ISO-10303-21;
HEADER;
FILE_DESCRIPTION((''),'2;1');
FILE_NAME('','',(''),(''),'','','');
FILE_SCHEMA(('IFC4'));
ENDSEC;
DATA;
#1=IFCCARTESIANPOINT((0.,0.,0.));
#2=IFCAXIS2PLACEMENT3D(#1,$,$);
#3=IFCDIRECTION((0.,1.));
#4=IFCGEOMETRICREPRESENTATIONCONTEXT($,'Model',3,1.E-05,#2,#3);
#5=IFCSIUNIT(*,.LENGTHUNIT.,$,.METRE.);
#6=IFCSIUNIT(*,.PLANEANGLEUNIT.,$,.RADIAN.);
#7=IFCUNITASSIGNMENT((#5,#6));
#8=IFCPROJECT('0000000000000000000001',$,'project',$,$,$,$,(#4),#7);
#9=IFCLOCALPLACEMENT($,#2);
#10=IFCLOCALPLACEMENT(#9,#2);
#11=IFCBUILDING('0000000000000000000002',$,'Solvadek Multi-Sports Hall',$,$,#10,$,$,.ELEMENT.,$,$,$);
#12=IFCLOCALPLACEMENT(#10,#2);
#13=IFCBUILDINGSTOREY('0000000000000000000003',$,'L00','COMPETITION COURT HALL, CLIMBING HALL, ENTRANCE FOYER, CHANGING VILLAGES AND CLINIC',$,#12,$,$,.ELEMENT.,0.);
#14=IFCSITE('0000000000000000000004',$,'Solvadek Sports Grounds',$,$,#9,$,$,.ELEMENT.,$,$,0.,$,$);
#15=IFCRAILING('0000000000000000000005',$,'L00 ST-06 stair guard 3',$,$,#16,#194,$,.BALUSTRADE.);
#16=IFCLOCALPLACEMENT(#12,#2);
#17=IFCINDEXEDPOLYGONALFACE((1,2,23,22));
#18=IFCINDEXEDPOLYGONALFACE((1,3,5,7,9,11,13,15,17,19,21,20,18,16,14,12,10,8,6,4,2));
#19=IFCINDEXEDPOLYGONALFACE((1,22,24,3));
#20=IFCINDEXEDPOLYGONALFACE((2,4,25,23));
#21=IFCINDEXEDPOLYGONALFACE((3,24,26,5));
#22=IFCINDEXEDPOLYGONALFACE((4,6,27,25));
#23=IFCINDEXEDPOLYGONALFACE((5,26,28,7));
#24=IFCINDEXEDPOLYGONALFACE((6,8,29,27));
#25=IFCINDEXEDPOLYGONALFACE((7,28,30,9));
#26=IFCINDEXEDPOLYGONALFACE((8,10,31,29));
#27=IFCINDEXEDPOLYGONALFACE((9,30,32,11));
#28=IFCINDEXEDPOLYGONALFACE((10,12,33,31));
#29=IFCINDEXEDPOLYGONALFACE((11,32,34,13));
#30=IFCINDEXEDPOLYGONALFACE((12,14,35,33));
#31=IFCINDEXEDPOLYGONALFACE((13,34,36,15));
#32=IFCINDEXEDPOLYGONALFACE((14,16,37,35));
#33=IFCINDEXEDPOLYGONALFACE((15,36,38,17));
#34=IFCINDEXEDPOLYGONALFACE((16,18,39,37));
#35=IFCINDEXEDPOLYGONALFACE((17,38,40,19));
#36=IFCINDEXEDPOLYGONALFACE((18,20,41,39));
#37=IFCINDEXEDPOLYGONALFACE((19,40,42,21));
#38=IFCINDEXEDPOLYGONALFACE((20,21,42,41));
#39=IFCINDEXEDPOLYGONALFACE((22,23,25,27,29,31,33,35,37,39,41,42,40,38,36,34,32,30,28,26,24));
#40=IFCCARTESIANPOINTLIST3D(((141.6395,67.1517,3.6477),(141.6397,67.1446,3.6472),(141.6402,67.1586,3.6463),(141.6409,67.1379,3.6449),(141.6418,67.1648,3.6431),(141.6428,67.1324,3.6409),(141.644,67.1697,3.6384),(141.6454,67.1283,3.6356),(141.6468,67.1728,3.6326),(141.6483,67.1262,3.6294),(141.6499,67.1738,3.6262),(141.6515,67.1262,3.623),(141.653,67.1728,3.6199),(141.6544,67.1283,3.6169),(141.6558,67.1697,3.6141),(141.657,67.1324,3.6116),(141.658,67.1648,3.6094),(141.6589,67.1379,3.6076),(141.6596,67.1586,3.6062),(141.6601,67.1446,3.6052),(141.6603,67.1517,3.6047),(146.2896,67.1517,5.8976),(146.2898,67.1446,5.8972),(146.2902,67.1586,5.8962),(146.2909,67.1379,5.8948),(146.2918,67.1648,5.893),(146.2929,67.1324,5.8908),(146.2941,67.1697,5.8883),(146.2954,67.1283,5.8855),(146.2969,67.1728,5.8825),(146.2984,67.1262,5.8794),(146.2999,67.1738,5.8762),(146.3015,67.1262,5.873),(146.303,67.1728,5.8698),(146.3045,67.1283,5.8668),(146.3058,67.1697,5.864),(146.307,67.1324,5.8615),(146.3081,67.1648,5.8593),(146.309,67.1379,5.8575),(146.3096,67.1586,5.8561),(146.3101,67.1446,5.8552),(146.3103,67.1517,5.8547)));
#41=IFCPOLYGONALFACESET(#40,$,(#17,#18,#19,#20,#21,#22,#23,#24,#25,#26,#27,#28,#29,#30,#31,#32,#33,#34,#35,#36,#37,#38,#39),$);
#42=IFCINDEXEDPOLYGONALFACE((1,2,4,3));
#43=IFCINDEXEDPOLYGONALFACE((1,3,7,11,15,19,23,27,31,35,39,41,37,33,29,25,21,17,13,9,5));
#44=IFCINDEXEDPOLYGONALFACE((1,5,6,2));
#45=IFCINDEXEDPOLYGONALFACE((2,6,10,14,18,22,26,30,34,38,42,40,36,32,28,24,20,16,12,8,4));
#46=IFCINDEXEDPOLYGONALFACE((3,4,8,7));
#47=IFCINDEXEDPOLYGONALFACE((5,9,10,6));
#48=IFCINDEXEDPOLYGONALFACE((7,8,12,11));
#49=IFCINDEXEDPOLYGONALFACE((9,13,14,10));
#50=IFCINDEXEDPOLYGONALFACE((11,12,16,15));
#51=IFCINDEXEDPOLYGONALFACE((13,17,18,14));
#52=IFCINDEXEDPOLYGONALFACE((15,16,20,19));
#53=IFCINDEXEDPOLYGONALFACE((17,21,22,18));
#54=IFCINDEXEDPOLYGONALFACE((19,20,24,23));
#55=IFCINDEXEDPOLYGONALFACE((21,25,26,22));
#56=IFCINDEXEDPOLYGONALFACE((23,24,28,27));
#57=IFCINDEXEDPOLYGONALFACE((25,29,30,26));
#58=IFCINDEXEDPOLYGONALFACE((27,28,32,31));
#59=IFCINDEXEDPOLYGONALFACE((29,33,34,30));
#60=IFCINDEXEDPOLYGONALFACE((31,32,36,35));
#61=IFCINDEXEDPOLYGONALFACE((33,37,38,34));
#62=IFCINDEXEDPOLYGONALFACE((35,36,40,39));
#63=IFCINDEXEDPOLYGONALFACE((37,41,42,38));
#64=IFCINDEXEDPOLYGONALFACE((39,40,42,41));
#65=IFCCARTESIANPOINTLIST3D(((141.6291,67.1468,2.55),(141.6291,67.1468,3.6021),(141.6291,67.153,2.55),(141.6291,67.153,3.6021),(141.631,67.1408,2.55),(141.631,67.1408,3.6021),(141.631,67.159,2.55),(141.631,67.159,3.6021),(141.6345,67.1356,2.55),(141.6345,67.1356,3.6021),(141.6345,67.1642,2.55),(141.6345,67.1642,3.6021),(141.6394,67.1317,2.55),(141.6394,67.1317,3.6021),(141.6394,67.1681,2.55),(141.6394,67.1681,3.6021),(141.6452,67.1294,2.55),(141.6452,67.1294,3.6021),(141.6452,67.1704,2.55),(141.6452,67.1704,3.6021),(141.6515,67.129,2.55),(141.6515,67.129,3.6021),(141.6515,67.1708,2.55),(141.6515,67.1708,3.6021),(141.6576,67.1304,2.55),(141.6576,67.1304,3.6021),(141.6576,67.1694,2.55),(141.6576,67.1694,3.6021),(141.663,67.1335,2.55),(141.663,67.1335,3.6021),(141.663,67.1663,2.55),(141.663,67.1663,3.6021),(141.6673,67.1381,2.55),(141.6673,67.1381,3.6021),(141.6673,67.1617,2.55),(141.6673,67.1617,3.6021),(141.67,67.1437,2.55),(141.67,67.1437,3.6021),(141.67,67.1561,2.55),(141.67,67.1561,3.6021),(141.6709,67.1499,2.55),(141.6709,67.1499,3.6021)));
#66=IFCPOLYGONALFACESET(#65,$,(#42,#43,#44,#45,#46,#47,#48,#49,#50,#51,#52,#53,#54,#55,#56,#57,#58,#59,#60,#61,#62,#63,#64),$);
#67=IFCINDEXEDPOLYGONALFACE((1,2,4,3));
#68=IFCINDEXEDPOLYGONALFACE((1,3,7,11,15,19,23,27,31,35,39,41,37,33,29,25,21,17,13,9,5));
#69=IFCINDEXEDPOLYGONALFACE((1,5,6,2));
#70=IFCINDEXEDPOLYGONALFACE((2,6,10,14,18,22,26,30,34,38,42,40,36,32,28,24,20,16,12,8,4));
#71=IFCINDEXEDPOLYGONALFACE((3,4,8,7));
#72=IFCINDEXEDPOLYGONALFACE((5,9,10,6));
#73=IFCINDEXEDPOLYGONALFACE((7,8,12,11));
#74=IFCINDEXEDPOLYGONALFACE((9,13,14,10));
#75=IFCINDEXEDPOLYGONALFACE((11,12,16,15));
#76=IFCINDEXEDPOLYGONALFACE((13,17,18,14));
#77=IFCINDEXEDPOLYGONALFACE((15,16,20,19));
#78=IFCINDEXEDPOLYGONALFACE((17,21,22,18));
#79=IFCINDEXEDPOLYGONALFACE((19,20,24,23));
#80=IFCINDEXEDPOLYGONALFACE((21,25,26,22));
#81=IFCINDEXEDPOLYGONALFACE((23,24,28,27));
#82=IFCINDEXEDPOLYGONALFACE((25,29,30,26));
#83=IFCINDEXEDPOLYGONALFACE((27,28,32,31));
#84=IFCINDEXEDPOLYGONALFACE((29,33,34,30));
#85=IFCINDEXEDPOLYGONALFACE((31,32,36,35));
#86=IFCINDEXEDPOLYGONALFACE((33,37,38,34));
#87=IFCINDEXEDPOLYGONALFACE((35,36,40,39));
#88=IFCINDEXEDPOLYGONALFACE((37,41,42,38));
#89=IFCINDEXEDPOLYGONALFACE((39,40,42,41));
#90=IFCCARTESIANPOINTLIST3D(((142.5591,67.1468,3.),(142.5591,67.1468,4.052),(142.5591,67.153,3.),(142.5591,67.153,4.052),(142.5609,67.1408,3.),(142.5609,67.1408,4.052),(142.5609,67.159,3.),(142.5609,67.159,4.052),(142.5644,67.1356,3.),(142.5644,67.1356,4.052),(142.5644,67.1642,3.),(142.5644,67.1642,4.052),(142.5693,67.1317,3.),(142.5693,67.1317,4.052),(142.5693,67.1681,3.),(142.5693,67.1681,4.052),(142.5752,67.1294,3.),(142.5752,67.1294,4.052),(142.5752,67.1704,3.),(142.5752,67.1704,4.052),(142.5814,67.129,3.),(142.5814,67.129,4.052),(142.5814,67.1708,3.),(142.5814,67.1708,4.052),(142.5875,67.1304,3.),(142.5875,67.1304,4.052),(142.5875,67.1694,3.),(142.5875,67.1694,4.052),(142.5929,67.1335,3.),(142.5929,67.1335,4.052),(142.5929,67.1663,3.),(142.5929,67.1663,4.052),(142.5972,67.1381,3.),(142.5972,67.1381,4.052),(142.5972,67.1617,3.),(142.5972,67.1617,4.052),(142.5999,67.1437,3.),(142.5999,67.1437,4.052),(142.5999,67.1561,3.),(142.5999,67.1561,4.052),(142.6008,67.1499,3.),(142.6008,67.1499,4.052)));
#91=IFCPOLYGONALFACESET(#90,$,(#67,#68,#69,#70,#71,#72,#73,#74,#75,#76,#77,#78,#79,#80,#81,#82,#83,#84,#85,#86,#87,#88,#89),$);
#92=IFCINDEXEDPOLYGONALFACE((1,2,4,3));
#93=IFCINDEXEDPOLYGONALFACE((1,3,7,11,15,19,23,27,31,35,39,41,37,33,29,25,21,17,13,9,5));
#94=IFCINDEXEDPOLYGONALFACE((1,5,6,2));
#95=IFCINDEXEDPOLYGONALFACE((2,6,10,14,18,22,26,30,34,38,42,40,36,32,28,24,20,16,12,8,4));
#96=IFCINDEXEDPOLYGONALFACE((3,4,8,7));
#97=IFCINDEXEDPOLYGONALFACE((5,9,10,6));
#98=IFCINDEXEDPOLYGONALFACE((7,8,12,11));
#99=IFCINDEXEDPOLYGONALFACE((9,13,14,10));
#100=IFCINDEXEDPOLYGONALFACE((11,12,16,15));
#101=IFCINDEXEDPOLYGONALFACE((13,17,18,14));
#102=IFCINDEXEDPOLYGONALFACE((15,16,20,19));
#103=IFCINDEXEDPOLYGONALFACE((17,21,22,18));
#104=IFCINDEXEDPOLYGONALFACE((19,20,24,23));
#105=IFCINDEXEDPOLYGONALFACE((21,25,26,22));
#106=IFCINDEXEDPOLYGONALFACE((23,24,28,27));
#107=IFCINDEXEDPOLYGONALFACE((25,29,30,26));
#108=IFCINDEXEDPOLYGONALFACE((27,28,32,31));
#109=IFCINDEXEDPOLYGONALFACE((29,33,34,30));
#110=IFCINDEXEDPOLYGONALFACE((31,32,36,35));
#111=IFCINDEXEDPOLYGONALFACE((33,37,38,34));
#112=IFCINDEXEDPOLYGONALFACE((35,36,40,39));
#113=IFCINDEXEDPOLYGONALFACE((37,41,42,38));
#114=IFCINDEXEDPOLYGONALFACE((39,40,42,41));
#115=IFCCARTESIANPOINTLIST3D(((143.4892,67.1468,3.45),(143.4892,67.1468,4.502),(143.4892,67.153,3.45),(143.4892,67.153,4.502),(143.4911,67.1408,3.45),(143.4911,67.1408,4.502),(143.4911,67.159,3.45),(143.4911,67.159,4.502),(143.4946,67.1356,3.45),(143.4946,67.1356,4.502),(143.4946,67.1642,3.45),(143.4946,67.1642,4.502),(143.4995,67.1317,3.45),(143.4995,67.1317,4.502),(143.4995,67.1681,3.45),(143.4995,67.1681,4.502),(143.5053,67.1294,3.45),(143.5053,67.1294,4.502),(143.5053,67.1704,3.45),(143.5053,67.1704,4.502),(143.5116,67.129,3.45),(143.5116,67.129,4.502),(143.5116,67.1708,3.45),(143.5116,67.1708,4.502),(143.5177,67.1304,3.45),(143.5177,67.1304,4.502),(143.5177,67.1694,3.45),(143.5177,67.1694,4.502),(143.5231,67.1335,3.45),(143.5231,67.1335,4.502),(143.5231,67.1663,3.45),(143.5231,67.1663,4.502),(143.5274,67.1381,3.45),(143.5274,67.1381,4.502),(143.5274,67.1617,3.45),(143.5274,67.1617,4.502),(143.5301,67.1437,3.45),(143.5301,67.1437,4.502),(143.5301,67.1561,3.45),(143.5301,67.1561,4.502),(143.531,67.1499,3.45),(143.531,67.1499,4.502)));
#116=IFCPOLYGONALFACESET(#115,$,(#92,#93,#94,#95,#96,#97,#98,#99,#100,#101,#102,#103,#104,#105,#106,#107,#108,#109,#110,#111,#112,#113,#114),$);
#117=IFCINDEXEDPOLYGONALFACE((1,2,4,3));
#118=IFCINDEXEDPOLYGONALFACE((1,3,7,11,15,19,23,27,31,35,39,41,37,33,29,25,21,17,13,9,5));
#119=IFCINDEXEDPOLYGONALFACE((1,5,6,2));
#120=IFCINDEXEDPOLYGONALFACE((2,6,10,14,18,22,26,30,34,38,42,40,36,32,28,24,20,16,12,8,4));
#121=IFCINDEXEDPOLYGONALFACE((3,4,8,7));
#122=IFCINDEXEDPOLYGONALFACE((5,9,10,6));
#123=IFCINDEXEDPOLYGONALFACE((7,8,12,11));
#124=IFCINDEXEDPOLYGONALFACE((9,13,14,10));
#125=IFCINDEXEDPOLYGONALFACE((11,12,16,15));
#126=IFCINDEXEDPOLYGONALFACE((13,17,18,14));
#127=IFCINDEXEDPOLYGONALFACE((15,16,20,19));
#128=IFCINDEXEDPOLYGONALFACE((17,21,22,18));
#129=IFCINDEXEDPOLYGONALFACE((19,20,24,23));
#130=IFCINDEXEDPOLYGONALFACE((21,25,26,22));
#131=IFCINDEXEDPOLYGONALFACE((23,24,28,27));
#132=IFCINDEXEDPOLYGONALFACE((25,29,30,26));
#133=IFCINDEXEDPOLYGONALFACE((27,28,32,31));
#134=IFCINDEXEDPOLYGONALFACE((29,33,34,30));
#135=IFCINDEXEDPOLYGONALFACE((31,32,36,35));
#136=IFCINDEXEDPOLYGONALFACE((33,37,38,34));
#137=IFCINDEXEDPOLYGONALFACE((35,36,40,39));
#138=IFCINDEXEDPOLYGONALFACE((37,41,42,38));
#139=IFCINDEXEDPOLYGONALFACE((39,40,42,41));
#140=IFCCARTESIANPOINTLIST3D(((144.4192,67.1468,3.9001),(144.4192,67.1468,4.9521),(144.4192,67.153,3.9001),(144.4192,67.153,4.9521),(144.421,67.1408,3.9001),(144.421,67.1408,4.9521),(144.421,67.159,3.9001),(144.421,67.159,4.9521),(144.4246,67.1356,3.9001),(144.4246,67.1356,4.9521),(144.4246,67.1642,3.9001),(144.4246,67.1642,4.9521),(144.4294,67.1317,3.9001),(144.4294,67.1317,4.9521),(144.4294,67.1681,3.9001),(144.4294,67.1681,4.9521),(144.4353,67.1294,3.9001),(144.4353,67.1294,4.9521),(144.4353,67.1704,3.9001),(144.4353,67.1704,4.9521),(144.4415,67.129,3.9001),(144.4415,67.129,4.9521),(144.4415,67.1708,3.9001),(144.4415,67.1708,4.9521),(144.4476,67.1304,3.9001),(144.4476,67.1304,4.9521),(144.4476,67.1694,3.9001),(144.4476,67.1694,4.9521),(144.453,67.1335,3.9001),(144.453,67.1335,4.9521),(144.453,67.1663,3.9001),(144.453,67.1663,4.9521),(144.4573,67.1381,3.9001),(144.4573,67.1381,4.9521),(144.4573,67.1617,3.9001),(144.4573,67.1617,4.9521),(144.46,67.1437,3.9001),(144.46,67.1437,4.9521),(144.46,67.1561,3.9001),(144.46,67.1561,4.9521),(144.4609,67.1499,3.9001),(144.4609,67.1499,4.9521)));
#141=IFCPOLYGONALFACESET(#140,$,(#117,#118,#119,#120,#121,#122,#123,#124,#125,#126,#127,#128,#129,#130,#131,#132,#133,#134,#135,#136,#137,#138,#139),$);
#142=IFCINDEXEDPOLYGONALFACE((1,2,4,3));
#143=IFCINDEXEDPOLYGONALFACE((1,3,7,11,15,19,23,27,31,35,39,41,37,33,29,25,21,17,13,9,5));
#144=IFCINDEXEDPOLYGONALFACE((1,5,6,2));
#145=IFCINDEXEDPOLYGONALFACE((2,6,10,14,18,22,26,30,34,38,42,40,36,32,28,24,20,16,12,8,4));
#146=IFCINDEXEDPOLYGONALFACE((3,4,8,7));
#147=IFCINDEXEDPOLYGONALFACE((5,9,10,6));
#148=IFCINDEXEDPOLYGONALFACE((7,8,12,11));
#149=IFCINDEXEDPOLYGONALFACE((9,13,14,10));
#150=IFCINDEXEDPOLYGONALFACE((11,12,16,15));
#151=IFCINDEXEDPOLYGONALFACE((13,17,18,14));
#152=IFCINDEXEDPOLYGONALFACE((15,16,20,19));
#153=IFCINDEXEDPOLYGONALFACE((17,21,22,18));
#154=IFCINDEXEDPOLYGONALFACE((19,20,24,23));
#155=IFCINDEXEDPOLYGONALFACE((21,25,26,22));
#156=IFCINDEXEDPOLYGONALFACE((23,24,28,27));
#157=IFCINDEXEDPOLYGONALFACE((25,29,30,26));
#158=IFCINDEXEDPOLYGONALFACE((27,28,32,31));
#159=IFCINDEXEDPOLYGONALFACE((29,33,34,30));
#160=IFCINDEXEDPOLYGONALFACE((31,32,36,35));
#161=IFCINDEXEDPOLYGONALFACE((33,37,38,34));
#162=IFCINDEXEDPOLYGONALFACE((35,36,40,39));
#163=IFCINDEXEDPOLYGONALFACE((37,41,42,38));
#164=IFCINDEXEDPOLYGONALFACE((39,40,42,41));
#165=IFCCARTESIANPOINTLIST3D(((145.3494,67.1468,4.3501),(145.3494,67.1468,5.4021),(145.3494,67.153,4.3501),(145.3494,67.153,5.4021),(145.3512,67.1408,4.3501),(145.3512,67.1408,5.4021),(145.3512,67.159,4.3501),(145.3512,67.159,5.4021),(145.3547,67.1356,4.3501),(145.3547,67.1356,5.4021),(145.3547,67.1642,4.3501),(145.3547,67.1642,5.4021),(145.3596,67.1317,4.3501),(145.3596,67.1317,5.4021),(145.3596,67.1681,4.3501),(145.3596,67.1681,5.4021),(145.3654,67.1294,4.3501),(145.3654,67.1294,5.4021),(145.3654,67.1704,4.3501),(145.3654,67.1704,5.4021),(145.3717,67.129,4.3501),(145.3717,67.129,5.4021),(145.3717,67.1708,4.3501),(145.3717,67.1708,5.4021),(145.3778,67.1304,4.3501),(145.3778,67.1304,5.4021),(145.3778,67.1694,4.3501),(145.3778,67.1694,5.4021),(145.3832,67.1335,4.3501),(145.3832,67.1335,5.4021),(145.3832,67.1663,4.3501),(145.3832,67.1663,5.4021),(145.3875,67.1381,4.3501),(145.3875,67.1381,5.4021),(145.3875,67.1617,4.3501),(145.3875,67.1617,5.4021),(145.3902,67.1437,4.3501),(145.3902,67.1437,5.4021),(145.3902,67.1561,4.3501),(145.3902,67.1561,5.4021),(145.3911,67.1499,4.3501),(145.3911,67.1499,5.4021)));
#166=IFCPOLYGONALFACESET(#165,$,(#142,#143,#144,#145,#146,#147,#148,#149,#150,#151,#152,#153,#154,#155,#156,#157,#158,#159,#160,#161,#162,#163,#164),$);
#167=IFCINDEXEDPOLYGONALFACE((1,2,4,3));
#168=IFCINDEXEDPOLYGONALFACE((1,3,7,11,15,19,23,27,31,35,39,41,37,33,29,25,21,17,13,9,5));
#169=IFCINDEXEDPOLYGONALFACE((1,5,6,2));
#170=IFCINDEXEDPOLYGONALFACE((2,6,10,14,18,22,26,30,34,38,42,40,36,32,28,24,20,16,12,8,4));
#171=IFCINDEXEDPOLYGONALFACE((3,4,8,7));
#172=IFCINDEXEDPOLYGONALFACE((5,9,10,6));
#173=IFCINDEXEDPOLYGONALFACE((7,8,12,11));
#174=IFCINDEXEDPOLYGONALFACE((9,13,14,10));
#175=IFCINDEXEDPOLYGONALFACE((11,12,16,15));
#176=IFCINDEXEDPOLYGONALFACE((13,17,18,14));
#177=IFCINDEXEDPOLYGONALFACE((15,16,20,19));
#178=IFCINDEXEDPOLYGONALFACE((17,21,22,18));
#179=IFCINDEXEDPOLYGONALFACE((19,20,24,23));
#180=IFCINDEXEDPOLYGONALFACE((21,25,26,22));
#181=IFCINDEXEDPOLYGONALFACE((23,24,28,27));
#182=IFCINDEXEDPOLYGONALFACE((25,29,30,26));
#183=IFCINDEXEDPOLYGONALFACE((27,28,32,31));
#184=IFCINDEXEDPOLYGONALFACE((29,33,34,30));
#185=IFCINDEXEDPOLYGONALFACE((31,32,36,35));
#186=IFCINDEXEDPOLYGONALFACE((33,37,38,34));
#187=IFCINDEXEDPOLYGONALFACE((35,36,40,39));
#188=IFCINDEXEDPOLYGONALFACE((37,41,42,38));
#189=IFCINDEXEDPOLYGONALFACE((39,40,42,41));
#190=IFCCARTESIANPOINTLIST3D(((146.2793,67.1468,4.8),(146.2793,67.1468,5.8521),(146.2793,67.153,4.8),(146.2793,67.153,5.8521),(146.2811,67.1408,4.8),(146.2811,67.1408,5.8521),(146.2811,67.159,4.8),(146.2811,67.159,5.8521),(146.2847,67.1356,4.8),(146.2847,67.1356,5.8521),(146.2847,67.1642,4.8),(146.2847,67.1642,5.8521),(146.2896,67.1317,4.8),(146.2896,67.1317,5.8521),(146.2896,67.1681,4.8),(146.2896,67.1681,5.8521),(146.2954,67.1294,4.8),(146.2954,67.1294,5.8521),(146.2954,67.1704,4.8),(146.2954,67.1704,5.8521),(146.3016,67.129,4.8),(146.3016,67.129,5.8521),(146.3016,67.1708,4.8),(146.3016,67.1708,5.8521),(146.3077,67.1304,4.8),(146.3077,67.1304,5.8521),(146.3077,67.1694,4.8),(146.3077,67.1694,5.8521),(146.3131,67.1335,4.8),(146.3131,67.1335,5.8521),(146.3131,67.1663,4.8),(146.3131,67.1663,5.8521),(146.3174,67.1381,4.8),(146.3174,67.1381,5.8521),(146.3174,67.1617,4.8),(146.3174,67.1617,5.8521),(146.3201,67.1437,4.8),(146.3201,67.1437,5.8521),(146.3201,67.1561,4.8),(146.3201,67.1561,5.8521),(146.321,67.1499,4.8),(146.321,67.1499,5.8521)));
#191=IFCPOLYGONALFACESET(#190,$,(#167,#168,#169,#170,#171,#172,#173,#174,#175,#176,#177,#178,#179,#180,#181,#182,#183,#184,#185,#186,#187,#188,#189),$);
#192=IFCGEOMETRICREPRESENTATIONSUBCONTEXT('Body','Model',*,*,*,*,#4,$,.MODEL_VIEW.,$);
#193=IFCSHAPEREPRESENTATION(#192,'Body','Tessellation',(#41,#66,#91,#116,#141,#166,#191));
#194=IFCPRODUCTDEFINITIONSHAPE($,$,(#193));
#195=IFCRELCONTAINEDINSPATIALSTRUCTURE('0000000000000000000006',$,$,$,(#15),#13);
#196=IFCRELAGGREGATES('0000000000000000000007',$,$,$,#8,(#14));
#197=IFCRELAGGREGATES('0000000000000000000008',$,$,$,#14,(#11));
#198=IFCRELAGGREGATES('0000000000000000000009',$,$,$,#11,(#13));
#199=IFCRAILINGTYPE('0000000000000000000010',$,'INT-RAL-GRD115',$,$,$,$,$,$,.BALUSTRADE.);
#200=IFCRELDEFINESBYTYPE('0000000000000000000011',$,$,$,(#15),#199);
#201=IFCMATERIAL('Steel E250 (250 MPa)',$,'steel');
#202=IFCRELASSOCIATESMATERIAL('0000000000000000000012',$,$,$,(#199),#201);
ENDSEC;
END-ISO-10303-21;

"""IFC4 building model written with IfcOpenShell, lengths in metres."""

from ifc_helpers import new_model, si_unit, direction, frame, origin, origin_2d, place, context, subcontext, project, spatial, circle, extrude, material, type_object, element, save


model = new_model("IFC4")

# Units and contexts
model_context = context("Model", 3, precision=1e-05, world=origin(), true_north=direction((0.0, 1.0)))
body_context = subcontext(model_context, "Body", "Model", "MODEL_VIEW")
ifc_project = project(units=[si_unit("LENGTHUNIT", "METRE"), si_unit("PLANEANGLEUNIT", "RADIAN")], contexts=[model_context])

# Site, building, storey
site_placement = place(None, origin())
site = spatial("IfcSite", under=ifc_project, at=site_placement, Name="Solvadek Sports Grounds", CompositionType="ELEMENT", RefElevation=0.0)
building_placement = place(site_placement, origin())
building = spatial("IfcBuilding", under=site, at=building_placement, Name="Solvadek Multi-Sports Hall", CompositionType="ELEMENT")
storey_placement = place(building_placement, origin())
storey = spatial("IfcBuildingStorey", under=building, at=storey_placement, Name="L00", Description="COMPETITION COURT HALL, CLIMBING HALL, ENTRANCE FOYER, CHANGING VILLAGES AND CLINIC", CompositionType="ELEMENT", Elevation=0.0)

# Shared definitions
ifc_material_1 = material(Name="Steel E250 (250 MPa)", Category="steel")

# Railing
railing_type_1 = type_object("IfcRailingType", Name="INT-RAL-GRD115", PredefinedType="BALUSTRADE", material=ifc_material_1)
railing_1_placement = place(storey_placement, frame((141.6499, 67.1499, 2.55)))
element("IfcRailing", 1, at=railing_1_placement, inside=storey, type_object=railing_type_1, Name="L00 ST-06 stair guard 3", PredefinedType="BALUSTRADE", context=body_context, shape_type="SweptSolid", body=[
    extrude(circle(Radius=0.0239, at=origin_2d()), frame((0.0, 0.0, 1.0762), z_axis=(0.900165, 0.0, 0.43555), x_axis=(0.0, 1.0, 0.0)), (0.0, 0.0, 1.0), 5.1658),
    extrude(circle(Radius=0.021, at=origin_2d()), origin(), (0.0, 0.0, 1.0), 1.052),
    extrude(circle(Radius=0.021, at=origin_2d()), frame((0.9299, 0.0, 0.45)), (0.0, 0.0, 1.0), 1.052),
    extrude(circle(Radius=0.021, at=origin_2d()), frame((1.8601, 0.0, 0.8999)), (0.0, 0.0, 1.0), 1.052),
    extrude(circle(Radius=0.021, at=origin_2d()), frame((2.79, 0.0, 1.3501)), (0.0, 0.0, 1.0), 1.052),
    extrude(circle(Radius=0.021, at=origin_2d()), frame((3.7202, 0.0, 1.8)), (0.0, 0.0, 1.0), 1.052),
    extrude(circle(Radius=0.021, at=origin_2d()), frame((4.6501, 0.0, 2.25)), (0.0, 0.0, 1.0), 1.052),
])

save(model, "model.ifc")
